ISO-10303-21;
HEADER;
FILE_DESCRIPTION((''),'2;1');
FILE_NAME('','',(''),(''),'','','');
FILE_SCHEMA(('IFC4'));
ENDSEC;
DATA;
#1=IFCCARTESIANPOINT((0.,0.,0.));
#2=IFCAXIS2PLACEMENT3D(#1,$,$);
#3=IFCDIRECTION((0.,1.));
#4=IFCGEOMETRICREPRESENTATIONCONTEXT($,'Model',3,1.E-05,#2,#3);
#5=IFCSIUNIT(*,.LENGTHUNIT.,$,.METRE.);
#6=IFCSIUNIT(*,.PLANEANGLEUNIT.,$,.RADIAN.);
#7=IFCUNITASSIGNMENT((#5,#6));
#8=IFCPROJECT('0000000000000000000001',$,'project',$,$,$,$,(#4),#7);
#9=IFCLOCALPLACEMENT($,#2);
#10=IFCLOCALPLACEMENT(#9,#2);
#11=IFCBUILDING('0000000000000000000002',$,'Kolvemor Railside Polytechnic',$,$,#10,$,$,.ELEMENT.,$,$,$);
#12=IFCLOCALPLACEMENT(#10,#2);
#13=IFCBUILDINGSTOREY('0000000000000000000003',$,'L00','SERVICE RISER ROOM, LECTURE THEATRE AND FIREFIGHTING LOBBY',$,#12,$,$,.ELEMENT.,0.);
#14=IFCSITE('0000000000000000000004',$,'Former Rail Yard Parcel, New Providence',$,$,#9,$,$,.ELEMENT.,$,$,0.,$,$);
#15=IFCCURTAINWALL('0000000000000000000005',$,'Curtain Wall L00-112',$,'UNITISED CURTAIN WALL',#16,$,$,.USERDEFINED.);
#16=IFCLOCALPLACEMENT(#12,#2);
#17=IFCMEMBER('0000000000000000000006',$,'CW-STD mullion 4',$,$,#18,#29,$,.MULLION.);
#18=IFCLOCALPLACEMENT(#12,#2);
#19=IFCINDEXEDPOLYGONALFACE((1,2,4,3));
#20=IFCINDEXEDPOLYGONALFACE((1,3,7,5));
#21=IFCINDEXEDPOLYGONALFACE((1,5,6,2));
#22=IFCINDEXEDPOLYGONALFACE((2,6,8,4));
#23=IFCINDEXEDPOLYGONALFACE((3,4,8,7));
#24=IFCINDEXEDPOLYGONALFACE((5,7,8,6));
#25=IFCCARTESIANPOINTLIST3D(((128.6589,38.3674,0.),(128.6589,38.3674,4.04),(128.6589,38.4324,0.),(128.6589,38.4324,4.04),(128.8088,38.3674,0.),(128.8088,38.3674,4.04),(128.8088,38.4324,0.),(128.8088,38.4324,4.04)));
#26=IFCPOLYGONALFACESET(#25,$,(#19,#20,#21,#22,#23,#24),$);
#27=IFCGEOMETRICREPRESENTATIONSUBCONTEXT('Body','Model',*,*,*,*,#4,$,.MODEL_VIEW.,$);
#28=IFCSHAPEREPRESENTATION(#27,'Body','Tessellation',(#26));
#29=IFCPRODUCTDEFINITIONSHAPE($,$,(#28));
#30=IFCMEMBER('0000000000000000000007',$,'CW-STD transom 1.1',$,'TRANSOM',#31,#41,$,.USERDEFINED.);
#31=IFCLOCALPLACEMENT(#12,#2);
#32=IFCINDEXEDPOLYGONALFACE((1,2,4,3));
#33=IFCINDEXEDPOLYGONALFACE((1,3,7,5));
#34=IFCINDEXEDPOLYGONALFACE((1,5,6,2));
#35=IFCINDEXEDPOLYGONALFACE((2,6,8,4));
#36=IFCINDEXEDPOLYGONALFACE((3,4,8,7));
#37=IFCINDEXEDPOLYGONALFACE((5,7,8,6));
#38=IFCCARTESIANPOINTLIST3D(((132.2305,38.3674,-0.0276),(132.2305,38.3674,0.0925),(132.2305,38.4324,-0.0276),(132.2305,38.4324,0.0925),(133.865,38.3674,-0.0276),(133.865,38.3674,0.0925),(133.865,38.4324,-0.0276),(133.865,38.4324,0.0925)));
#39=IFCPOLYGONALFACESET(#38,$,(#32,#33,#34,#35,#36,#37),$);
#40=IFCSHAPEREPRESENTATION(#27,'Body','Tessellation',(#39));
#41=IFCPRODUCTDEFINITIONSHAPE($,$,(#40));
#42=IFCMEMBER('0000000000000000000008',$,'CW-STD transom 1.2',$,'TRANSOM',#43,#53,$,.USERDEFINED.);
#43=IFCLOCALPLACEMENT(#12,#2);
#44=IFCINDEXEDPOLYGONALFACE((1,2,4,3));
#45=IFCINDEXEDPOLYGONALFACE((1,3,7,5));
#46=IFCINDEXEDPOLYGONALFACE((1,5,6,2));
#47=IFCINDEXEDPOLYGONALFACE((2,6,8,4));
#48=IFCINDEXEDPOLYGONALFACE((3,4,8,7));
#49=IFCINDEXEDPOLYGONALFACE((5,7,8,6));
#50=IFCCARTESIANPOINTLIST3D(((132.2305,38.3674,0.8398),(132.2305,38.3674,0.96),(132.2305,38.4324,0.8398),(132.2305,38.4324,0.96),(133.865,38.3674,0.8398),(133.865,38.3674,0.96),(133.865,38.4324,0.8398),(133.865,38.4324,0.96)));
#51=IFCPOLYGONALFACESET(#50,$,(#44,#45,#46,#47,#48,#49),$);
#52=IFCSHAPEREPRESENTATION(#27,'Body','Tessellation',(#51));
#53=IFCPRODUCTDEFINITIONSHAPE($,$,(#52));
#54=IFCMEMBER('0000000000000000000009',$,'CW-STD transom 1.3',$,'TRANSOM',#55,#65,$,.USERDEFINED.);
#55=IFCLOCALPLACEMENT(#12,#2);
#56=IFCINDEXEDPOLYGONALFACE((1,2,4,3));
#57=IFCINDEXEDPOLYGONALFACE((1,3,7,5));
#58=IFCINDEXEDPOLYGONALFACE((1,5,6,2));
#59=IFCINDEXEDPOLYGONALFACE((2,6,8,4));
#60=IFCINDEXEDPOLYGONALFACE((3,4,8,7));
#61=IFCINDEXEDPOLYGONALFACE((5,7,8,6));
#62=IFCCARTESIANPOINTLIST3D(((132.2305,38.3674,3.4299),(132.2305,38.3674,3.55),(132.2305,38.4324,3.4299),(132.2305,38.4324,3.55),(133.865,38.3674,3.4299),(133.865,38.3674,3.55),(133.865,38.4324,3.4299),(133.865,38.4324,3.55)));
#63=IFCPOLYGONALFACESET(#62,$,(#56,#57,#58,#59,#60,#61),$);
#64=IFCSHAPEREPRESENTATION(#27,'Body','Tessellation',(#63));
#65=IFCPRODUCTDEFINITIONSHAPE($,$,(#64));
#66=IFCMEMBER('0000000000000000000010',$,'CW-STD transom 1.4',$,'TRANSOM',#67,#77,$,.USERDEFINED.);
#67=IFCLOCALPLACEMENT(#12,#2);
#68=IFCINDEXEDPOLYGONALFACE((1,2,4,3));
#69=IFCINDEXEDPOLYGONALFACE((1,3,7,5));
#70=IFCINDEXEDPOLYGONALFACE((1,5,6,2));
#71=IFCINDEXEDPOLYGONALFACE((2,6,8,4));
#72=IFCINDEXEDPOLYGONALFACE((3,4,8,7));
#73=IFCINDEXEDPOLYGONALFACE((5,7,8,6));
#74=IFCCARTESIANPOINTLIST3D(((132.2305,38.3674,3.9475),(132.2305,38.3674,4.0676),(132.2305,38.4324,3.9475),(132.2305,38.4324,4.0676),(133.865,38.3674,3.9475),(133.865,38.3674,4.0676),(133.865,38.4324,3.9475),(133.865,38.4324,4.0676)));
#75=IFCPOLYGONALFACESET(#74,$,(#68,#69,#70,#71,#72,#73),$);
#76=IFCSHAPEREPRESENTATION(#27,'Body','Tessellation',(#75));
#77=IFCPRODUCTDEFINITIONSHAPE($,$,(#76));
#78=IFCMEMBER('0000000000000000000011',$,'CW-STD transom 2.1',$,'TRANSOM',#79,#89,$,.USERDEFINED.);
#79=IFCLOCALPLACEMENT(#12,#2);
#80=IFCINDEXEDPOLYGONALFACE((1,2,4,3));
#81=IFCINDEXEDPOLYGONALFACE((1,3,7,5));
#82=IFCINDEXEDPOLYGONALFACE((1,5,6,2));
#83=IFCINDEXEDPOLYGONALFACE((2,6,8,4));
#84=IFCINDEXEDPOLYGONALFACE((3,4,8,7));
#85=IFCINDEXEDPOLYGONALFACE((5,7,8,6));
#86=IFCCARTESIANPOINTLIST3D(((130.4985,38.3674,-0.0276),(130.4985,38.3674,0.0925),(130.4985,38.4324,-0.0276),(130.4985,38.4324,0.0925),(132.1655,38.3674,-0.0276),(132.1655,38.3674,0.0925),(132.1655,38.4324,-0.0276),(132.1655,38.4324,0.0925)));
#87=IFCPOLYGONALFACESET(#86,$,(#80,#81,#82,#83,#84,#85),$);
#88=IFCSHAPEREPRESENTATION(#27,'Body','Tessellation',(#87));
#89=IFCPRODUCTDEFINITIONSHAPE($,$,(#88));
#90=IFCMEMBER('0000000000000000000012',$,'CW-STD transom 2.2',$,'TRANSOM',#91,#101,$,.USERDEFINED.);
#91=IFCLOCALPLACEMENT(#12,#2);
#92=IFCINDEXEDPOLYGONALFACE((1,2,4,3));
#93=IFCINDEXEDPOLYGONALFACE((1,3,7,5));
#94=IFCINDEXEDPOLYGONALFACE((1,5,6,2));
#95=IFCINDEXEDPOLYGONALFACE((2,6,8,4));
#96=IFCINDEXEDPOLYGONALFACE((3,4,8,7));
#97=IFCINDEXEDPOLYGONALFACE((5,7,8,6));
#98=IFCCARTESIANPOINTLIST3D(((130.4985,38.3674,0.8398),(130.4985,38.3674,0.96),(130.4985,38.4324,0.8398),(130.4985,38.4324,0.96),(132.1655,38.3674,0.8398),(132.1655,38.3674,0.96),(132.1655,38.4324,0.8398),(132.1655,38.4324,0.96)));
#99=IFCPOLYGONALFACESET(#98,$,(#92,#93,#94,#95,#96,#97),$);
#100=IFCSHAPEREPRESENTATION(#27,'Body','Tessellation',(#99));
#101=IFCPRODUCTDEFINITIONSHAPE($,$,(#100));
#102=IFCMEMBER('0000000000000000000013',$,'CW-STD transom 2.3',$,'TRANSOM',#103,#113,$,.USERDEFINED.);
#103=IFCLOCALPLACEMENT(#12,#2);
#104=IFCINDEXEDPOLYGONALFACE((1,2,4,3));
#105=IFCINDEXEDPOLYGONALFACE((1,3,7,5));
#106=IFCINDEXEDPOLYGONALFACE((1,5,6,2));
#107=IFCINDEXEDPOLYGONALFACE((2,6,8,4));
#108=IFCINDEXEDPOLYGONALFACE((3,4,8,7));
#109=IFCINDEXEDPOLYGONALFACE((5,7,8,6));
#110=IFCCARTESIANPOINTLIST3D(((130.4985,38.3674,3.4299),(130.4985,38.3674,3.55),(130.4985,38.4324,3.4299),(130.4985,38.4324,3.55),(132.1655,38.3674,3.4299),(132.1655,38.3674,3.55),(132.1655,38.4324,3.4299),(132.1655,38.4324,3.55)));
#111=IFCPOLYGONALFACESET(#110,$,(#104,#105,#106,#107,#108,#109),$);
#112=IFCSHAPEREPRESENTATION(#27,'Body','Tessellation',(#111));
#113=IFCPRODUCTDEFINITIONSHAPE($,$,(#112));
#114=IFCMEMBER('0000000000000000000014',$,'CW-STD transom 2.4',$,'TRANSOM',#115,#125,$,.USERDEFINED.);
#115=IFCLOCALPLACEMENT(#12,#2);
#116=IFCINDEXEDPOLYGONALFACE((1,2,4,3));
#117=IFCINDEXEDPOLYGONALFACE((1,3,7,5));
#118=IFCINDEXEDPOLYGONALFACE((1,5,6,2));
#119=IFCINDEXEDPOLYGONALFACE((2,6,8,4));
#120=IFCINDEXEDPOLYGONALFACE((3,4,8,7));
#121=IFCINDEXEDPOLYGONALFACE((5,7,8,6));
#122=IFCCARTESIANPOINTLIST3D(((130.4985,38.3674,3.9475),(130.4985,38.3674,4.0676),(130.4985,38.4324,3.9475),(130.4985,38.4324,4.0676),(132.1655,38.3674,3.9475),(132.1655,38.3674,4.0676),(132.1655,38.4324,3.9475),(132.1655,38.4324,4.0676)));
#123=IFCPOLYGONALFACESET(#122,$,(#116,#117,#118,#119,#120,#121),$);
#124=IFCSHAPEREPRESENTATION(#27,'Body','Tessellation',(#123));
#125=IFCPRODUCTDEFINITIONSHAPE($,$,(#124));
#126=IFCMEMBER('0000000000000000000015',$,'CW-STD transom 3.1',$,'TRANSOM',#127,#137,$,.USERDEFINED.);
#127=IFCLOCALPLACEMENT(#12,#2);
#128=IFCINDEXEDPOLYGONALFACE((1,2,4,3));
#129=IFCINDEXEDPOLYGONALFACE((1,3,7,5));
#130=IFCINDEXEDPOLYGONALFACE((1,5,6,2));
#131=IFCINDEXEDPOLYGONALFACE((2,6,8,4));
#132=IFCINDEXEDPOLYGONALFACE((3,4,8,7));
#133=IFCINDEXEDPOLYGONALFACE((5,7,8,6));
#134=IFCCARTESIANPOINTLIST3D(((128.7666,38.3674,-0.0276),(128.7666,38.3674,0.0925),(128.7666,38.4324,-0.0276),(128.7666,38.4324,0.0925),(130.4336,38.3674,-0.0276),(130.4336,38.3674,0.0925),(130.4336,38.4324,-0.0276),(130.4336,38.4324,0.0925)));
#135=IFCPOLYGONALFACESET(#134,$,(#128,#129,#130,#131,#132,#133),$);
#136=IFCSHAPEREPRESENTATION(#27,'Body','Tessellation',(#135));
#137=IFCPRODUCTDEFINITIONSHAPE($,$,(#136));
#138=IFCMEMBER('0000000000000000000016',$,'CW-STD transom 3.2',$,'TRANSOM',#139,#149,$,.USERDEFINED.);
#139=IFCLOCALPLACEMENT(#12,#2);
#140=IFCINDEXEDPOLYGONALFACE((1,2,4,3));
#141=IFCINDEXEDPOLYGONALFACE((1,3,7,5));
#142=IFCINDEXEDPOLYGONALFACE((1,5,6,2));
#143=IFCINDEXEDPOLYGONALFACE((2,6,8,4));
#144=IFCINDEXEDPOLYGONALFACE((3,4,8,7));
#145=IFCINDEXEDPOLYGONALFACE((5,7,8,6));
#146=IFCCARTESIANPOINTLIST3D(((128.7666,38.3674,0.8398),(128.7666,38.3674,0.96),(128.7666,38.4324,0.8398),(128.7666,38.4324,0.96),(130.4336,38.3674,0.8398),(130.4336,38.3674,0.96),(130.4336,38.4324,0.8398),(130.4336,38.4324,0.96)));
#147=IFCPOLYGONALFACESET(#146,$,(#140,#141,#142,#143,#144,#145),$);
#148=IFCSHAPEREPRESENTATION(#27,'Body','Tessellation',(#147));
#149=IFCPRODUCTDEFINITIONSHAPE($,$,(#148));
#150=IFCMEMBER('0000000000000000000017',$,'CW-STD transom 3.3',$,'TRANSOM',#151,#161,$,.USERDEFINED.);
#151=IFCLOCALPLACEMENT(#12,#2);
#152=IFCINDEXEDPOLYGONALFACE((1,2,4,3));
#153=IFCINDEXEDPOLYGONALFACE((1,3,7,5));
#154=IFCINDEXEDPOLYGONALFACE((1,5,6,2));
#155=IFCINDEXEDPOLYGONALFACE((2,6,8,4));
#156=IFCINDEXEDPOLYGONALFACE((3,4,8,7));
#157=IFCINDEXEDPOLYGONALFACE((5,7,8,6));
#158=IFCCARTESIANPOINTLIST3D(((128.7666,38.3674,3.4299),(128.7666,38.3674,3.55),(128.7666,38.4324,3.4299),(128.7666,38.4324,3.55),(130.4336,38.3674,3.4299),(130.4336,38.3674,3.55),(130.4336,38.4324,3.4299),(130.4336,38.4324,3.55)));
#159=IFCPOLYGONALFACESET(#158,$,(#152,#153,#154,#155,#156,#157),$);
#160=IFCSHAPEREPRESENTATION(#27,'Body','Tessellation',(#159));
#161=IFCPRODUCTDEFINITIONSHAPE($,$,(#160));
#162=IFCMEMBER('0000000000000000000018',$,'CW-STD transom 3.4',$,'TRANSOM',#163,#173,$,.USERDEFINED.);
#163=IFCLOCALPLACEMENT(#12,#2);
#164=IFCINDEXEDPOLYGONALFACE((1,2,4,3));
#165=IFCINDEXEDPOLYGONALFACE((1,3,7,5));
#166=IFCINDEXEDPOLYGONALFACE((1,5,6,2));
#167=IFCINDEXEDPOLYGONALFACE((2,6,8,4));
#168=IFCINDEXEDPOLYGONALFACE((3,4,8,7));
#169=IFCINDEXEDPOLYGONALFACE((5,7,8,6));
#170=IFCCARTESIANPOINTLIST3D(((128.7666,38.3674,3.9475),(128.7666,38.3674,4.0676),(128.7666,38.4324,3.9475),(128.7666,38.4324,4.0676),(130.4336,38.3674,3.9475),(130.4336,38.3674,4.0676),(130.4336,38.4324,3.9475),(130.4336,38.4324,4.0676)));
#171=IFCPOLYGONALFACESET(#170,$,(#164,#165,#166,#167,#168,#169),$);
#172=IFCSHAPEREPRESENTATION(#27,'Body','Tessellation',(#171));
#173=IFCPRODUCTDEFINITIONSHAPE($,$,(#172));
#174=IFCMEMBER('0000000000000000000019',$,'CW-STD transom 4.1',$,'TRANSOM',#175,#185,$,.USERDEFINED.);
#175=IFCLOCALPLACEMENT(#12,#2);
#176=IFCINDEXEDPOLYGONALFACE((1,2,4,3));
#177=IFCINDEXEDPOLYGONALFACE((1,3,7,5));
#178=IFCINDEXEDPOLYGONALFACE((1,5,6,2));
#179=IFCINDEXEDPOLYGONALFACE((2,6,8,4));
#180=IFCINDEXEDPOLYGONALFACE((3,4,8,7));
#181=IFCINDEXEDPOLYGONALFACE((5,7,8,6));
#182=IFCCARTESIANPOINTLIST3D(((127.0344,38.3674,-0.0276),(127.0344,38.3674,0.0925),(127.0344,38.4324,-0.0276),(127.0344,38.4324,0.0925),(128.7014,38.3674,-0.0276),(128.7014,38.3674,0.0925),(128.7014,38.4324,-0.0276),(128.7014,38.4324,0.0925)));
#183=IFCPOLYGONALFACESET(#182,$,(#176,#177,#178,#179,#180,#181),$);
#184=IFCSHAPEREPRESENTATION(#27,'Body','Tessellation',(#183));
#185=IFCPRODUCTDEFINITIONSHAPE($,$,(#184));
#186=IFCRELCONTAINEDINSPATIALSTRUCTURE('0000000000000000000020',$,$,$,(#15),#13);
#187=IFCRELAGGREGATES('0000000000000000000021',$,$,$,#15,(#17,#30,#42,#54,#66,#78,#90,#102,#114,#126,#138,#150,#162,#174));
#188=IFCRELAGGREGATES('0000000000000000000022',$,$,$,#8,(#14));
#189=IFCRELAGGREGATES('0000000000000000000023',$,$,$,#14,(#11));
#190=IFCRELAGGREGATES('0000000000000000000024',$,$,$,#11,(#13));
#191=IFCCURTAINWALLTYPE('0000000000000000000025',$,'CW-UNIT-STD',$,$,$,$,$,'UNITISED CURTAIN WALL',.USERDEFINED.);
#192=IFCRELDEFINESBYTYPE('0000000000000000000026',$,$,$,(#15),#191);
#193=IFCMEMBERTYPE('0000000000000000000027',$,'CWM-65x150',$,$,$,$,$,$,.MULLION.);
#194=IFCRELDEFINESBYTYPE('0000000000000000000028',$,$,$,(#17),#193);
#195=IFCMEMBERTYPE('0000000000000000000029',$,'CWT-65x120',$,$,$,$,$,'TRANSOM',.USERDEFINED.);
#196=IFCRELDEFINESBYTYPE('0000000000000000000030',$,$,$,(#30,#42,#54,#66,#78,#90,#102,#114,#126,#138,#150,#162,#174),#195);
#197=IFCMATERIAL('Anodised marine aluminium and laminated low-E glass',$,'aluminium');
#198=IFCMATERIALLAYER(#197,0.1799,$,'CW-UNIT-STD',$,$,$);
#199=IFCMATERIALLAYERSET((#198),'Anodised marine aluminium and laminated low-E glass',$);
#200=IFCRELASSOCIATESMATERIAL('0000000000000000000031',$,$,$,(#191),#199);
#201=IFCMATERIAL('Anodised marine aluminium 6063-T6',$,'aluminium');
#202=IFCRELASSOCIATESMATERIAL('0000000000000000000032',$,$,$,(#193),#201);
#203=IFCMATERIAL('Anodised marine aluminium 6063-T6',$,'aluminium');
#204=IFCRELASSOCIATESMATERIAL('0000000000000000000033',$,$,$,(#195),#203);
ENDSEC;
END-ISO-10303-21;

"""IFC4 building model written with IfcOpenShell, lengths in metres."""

from ifc_helpers import new_model, si_unit, direction, frame, origin, origin_2d, place, context, subcontext, project, spatial, rectangle, extrude, material, layer, layer_set, material_profile, profile_set, type_object, element, aggregate, save


model = new_model("IFC4")

# Units and contexts
model_context = context("Model", 3, precision=1e-05, world=origin(), true_north=direction((0.0, 1.0)))
body_context = subcontext(model_context, "Body", "Model", "MODEL_VIEW")
ifc_project = project(units=[si_unit("LENGTHUNIT", "METRE"), si_unit("PLANEANGLEUNIT", "RADIAN")], contexts=[model_context])

# Site, building, storey
site_placement = place(None, origin())
site = spatial("IfcSite", under=ifc_project, at=site_placement, Name="Former Rail Yard Parcel, New Providence", CompositionType="ELEMENT", RefElevation=0.0)
building_placement = place(site_placement, origin())
building = spatial("IfcBuilding", under=site, at=building_placement, Name="Kolvemor Railside Polytechnic", CompositionType="ELEMENT")
storey_placement = place(building_placement, origin())
storey = spatial("IfcBuildingStorey", under=building, at=storey_placement, Name="L00", Description="SERVICE RISER ROOM, LECTURE THEATRE AND FIREFIGHTING LOBBY", CompositionType="ELEMENT", Elevation=0.0)

# Curtain wall, members
ifc_material_1 = material(Name="Anodised marine aluminium and laminated low-E glass", Category="aluminium")
ifc_layer_1 = layer(ifc_material_1, 0.1799, Name="CW-UNIT-STD")
ifc_layer_set_1 = layer_set([ifc_layer_1], Name="Anodised marine aluminium and laminated low-E glass")
curtain_wall_type = type_object("IfcCurtainWallType", Name="CW-UNIT-STD", ElementType="UNITISED CURTAIN WALL", PredefinedType="USERDEFINED", material=ifc_layer_set_1)
curtain_wall_placement = place(storey_placement, origin())
curtain_wall = element("IfcCurtainWall", 1, at=curtain_wall_placement, inside=storey, type_object=curtain_wall_type, Name="Curtain Wall L00-112", ObjectType="UNITISED CURTAIN WALL", PredefinedType="USERDEFINED")
ifc_material_2 = material(Name="Anodised marine aluminium 6063-T6", Category="aluminium")
ifc_material_profile_1 = material_profile(ifc_material_2, rectangle(XDim=0.0649, YDim=0.1499, at=origin_2d()), Name="CW-MUL-65x150")
ifc_profile_set_1 = profile_set([ifc_material_profile_1], Name="Anodised marine aluminium 6063-T6")
member_type_1 = type_object("IfcMemberType", Name="CWM-65x150", PredefinedType="MULLION", material=ifc_profile_set_1)
member_1_placement = place(storey_placement, frame((128.7339, 38.3999, 0.0), z_axis=(0.0, 0.0, 1.0), x_axis=(0.0, -1.0, 0.0)))
member_1 = element("IfcMember", 2, at=member_1_placement, type_object=member_type_1, Name="CW-STD mullion 4", PredefinedType="MULLION", context=body_context, shape_type="SweptSolid", body=[
    extrude(rectangle(XDim=0.0649, YDim=0.1499, at=origin_2d()), origin(), (0.0, 0.0, 1.0), 4.04),
])
ifc_material_3 = material(Name="Anodised marine aluminium 6063-T6", Category="aluminium")
ifc_material_profile_2 = material_profile(ifc_material_3, rectangle(XDim=0.0649, YDim=0.1201, at=origin_2d()), Name="CW-TRN-65x120")
ifc_profile_set_2 = profile_set([ifc_material_profile_2], Name="Anodised marine aluminium 6063-T6")
member_type_2 = type_object("IfcMemberType", Name="CWT-65x120", ElementType="TRANSOM", PredefinedType="USERDEFINED", material=ifc_profile_set_2)
member_2_placement = place(storey_placement, frame((133.865, 38.3999, 0.0325), z_axis=(-1.0, 0.0, 0.0), x_axis=(0.0, -1.0, 0.0)))
member_2 = element("IfcMember", 3, at=member_2_placement, type_object=member_type_2, Name="CW-STD transom 1.1", ObjectType="TRANSOM", PredefinedType="USERDEFINED", context=body_context, shape_type="SweptSolid", body=[
    extrude(rectangle(XDim=0.0649, YDim=0.1201, at=origin_2d()), origin(), (0.0, 0.0, 1.0), 1.6345),
])
member_3_placement = place(storey_placement, frame((133.865, 38.3999, 0.8999), z_axis=(-1.0, 0.0, 0.0), x_axis=(0.0, -1.0, 0.0)))
member_3 = element("IfcMember", 4, at=member_3_placement, type_object=member_type_2, Name="CW-STD transom 1.2", ObjectType="TRANSOM", PredefinedType="USERDEFINED", context=body_context, shape_type="SweptSolid", body=[
    extrude(rectangle(XDim=0.0649, YDim=0.1201, at=origin_2d()), origin(), (0.0, 0.0, 1.0), 1.6345),
])
member_4_placement = place(storey_placement, frame((133.865, 38.3999, 3.49), z_axis=(-1.0, 0.0, 0.0), x_axis=(0.0, -1.0, 0.0)))
member_4 = element("IfcMember", 5, at=member_4_placement, type_object=member_type_2, Name="CW-STD transom 1.3", ObjectType="TRANSOM", PredefinedType="USERDEFINED", context=body_context, shape_type="SweptSolid", body=[
    extrude(rectangle(XDim=0.0649, YDim=0.1201, at=origin_2d()), origin(), (0.0, 0.0, 1.0), 1.6345),
])
member_5_placement = place(storey_placement, frame((133.865, 38.3999, 4.0076), z_axis=(-1.0, 0.0, 0.0), x_axis=(0.0, -1.0, 0.0)))
member_5 = element("IfcMember", 6, at=member_5_placement, type_object=member_type_2, Name="CW-STD transom 1.4", ObjectType="TRANSOM", PredefinedType="USERDEFINED", context=body_context, shape_type="SweptSolid", body=[
    extrude(rectangle(XDim=0.0649, YDim=0.1201, at=origin_2d()), origin(), (0.0, 0.0, 1.0), 1.6345),
])
member_6_placement = place(storey_placement, frame((132.1655, 38.3999, 0.0325), z_axis=(-1.0, 0.0, 0.0), x_axis=(0.0, -1.0, 0.0)))
member_6 = element("IfcMember", 7, at=member_6_placement, type_object=member_type_2, Name="CW-STD transom 2.1", ObjectType="TRANSOM", PredefinedType="USERDEFINED", context=body_context, shape_type="SweptSolid", body=[
    extrude(rectangle(XDim=0.0649, YDim=0.1201, at=origin_2d()), origin(), (0.0, 0.0, 1.0), 1.667),
])
member_7_placement = place(storey_placement, frame((132.1655, 38.3999, 0.8999), z_axis=(-1.0, 0.0, 0.0), x_axis=(0.0, -1.0, 0.0)))
member_7 = element("IfcMember", 8, at=member_7_placement, type_object=member_type_2, Name="CW-STD transom 2.2", ObjectType="TRANSOM", PredefinedType="USERDEFINED", context=body_context, shape_type="SweptSolid", body=[
    extrude(rectangle(XDim=0.0649, YDim=0.1201, at=origin_2d()), origin(), (0.0, 0.0, 1.0), 1.667),
])
member_8_placement = place(storey_placement, frame((132.1655, 38.3999, 3.49), z_axis=(-1.0, 0.0, 0.0), x_axis=(0.0, -1.0, 0.0)))
member_8 = element("IfcMember", 9, at=member_8_placement, type_object=member_type_2, Name="CW-STD transom 2.3", ObjectType="TRANSOM", PredefinedType="USERDEFINED", context=body_context, shape_type="SweptSolid", body=[
    extrude(rectangle(XDim=0.0649, YDim=0.1201, at=origin_2d()), origin(), (0.0, 0.0, 1.0), 1.667),
])
member_9_placement = place(storey_placement, frame((132.1655, 38.3999, 4.0076), z_axis=(-1.0, 0.0, 0.0), x_axis=(0.0, -1.0, 0.0)))
member_9 = element("IfcMember", 10, at=member_9_placement, type_object=member_type_2, Name="CW-STD transom 2.4", ObjectType="TRANSOM", PredefinedType="USERDEFINED", context=body_context, shape_type="SweptSolid", body=[
    extrude(rectangle(XDim=0.0649, YDim=0.1201, at=origin_2d()), origin(), (0.0, 0.0, 1.0), 1.667),
])
member_10_placement = place(storey_placement, frame((130.4336, 38.3999, 0.0325), z_axis=(-1.0, 0.0, 0.0), x_axis=(0.0, -1.0, 0.0)))
member_10 = element("IfcMember", 11, at=member_10_placement, type_object=member_type_2, Name="CW-STD transom 3.1", ObjectType="TRANSOM", PredefinedType="USERDEFINED", context=body_context, shape_type="SweptSolid", body=[
    extrude(rectangle(XDim=0.0649, YDim=0.1201, at=origin_2d()), origin(), (0.0, 0.0, 1.0), 1.667),
])
member_11_placement = place(storey_placement, frame((130.4336, 38.3999, 0.8999), z_axis=(-1.0, 0.0, 0.0), x_axis=(0.0, -1.0, 0.0)))
member_11 = element("IfcMember", 12, at=member_11_placement, type_object=member_type_2, Name="CW-STD transom 3.2", ObjectType="TRANSOM", PredefinedType="USERDEFINED", context=body_context, shape_type="SweptSolid", body=[
    extrude(rectangle(XDim=0.0649, YDim=0.1201, at=origin_2d()), origin(), (0.0, 0.0, 1.0), 1.667),
])
member_12_placement = place(storey_placement, frame((130.4336, 38.3999, 3.49), z_axis=(-1.0, 0.0, 0.0), x_axis=(0.0, -1.0, 0.0)))
member_12 = element("IfcMember", 13, at=member_12_placement, type_object=member_type_2, Name="CW-STD transom 3.3", ObjectType="TRANSOM", PredefinedType="USERDEFINED", context=body_context, shape_type="SweptSolid", body=[
    extrude(rectangle(XDim=0.0649, YDim=0.1201, at=origin_2d()), origin(), (0.0, 0.0, 1.0), 1.667),
])
member_13_placement = place(storey_placement, frame((130.4336, 38.3999, 4.0076), z_axis=(-1.0, 0.0, 0.0), x_axis=(0.0, -1.0, 0.0)))
member_13 = element("IfcMember", 14, at=member_13_placement, type_object=member_type_2, Name="CW-STD transom 3.4", ObjectType="TRANSOM", PredefinedType="USERDEFINED", context=body_context, shape_type="SweptSolid", body=[
    extrude(rectangle(XDim=0.0649, YDim=0.1201, at=origin_2d()), origin(), (0.0, 0.0, 1.0), 1.667),
])
member_14_placement = place(storey_placement, frame((128.7014, 38.3999, 0.0325), z_axis=(-1.0, 0.0, 0.0), x_axis=(0.0, -1.0, 0.0)))
member_14 = element("IfcMember", 15, at=member_14_placement, type_object=member_type_2, Name="CW-STD transom 4.1", ObjectType="TRANSOM", PredefinedType="USERDEFINED", context=body_context, shape_type="SweptSolid", body=[
    extrude(rectangle(XDim=0.0649, YDim=0.1201, at=origin_2d()), origin(), (0.0, 0.0, 1.0), 1.667),
])
aggregate(curtain_wall, [member_1, member_2, member_3, member_4, member_5, member_6, member_7, member_8, member_9, member_10, member_11, member_12, member_13, member_14])

save(model, "model.ifc")
